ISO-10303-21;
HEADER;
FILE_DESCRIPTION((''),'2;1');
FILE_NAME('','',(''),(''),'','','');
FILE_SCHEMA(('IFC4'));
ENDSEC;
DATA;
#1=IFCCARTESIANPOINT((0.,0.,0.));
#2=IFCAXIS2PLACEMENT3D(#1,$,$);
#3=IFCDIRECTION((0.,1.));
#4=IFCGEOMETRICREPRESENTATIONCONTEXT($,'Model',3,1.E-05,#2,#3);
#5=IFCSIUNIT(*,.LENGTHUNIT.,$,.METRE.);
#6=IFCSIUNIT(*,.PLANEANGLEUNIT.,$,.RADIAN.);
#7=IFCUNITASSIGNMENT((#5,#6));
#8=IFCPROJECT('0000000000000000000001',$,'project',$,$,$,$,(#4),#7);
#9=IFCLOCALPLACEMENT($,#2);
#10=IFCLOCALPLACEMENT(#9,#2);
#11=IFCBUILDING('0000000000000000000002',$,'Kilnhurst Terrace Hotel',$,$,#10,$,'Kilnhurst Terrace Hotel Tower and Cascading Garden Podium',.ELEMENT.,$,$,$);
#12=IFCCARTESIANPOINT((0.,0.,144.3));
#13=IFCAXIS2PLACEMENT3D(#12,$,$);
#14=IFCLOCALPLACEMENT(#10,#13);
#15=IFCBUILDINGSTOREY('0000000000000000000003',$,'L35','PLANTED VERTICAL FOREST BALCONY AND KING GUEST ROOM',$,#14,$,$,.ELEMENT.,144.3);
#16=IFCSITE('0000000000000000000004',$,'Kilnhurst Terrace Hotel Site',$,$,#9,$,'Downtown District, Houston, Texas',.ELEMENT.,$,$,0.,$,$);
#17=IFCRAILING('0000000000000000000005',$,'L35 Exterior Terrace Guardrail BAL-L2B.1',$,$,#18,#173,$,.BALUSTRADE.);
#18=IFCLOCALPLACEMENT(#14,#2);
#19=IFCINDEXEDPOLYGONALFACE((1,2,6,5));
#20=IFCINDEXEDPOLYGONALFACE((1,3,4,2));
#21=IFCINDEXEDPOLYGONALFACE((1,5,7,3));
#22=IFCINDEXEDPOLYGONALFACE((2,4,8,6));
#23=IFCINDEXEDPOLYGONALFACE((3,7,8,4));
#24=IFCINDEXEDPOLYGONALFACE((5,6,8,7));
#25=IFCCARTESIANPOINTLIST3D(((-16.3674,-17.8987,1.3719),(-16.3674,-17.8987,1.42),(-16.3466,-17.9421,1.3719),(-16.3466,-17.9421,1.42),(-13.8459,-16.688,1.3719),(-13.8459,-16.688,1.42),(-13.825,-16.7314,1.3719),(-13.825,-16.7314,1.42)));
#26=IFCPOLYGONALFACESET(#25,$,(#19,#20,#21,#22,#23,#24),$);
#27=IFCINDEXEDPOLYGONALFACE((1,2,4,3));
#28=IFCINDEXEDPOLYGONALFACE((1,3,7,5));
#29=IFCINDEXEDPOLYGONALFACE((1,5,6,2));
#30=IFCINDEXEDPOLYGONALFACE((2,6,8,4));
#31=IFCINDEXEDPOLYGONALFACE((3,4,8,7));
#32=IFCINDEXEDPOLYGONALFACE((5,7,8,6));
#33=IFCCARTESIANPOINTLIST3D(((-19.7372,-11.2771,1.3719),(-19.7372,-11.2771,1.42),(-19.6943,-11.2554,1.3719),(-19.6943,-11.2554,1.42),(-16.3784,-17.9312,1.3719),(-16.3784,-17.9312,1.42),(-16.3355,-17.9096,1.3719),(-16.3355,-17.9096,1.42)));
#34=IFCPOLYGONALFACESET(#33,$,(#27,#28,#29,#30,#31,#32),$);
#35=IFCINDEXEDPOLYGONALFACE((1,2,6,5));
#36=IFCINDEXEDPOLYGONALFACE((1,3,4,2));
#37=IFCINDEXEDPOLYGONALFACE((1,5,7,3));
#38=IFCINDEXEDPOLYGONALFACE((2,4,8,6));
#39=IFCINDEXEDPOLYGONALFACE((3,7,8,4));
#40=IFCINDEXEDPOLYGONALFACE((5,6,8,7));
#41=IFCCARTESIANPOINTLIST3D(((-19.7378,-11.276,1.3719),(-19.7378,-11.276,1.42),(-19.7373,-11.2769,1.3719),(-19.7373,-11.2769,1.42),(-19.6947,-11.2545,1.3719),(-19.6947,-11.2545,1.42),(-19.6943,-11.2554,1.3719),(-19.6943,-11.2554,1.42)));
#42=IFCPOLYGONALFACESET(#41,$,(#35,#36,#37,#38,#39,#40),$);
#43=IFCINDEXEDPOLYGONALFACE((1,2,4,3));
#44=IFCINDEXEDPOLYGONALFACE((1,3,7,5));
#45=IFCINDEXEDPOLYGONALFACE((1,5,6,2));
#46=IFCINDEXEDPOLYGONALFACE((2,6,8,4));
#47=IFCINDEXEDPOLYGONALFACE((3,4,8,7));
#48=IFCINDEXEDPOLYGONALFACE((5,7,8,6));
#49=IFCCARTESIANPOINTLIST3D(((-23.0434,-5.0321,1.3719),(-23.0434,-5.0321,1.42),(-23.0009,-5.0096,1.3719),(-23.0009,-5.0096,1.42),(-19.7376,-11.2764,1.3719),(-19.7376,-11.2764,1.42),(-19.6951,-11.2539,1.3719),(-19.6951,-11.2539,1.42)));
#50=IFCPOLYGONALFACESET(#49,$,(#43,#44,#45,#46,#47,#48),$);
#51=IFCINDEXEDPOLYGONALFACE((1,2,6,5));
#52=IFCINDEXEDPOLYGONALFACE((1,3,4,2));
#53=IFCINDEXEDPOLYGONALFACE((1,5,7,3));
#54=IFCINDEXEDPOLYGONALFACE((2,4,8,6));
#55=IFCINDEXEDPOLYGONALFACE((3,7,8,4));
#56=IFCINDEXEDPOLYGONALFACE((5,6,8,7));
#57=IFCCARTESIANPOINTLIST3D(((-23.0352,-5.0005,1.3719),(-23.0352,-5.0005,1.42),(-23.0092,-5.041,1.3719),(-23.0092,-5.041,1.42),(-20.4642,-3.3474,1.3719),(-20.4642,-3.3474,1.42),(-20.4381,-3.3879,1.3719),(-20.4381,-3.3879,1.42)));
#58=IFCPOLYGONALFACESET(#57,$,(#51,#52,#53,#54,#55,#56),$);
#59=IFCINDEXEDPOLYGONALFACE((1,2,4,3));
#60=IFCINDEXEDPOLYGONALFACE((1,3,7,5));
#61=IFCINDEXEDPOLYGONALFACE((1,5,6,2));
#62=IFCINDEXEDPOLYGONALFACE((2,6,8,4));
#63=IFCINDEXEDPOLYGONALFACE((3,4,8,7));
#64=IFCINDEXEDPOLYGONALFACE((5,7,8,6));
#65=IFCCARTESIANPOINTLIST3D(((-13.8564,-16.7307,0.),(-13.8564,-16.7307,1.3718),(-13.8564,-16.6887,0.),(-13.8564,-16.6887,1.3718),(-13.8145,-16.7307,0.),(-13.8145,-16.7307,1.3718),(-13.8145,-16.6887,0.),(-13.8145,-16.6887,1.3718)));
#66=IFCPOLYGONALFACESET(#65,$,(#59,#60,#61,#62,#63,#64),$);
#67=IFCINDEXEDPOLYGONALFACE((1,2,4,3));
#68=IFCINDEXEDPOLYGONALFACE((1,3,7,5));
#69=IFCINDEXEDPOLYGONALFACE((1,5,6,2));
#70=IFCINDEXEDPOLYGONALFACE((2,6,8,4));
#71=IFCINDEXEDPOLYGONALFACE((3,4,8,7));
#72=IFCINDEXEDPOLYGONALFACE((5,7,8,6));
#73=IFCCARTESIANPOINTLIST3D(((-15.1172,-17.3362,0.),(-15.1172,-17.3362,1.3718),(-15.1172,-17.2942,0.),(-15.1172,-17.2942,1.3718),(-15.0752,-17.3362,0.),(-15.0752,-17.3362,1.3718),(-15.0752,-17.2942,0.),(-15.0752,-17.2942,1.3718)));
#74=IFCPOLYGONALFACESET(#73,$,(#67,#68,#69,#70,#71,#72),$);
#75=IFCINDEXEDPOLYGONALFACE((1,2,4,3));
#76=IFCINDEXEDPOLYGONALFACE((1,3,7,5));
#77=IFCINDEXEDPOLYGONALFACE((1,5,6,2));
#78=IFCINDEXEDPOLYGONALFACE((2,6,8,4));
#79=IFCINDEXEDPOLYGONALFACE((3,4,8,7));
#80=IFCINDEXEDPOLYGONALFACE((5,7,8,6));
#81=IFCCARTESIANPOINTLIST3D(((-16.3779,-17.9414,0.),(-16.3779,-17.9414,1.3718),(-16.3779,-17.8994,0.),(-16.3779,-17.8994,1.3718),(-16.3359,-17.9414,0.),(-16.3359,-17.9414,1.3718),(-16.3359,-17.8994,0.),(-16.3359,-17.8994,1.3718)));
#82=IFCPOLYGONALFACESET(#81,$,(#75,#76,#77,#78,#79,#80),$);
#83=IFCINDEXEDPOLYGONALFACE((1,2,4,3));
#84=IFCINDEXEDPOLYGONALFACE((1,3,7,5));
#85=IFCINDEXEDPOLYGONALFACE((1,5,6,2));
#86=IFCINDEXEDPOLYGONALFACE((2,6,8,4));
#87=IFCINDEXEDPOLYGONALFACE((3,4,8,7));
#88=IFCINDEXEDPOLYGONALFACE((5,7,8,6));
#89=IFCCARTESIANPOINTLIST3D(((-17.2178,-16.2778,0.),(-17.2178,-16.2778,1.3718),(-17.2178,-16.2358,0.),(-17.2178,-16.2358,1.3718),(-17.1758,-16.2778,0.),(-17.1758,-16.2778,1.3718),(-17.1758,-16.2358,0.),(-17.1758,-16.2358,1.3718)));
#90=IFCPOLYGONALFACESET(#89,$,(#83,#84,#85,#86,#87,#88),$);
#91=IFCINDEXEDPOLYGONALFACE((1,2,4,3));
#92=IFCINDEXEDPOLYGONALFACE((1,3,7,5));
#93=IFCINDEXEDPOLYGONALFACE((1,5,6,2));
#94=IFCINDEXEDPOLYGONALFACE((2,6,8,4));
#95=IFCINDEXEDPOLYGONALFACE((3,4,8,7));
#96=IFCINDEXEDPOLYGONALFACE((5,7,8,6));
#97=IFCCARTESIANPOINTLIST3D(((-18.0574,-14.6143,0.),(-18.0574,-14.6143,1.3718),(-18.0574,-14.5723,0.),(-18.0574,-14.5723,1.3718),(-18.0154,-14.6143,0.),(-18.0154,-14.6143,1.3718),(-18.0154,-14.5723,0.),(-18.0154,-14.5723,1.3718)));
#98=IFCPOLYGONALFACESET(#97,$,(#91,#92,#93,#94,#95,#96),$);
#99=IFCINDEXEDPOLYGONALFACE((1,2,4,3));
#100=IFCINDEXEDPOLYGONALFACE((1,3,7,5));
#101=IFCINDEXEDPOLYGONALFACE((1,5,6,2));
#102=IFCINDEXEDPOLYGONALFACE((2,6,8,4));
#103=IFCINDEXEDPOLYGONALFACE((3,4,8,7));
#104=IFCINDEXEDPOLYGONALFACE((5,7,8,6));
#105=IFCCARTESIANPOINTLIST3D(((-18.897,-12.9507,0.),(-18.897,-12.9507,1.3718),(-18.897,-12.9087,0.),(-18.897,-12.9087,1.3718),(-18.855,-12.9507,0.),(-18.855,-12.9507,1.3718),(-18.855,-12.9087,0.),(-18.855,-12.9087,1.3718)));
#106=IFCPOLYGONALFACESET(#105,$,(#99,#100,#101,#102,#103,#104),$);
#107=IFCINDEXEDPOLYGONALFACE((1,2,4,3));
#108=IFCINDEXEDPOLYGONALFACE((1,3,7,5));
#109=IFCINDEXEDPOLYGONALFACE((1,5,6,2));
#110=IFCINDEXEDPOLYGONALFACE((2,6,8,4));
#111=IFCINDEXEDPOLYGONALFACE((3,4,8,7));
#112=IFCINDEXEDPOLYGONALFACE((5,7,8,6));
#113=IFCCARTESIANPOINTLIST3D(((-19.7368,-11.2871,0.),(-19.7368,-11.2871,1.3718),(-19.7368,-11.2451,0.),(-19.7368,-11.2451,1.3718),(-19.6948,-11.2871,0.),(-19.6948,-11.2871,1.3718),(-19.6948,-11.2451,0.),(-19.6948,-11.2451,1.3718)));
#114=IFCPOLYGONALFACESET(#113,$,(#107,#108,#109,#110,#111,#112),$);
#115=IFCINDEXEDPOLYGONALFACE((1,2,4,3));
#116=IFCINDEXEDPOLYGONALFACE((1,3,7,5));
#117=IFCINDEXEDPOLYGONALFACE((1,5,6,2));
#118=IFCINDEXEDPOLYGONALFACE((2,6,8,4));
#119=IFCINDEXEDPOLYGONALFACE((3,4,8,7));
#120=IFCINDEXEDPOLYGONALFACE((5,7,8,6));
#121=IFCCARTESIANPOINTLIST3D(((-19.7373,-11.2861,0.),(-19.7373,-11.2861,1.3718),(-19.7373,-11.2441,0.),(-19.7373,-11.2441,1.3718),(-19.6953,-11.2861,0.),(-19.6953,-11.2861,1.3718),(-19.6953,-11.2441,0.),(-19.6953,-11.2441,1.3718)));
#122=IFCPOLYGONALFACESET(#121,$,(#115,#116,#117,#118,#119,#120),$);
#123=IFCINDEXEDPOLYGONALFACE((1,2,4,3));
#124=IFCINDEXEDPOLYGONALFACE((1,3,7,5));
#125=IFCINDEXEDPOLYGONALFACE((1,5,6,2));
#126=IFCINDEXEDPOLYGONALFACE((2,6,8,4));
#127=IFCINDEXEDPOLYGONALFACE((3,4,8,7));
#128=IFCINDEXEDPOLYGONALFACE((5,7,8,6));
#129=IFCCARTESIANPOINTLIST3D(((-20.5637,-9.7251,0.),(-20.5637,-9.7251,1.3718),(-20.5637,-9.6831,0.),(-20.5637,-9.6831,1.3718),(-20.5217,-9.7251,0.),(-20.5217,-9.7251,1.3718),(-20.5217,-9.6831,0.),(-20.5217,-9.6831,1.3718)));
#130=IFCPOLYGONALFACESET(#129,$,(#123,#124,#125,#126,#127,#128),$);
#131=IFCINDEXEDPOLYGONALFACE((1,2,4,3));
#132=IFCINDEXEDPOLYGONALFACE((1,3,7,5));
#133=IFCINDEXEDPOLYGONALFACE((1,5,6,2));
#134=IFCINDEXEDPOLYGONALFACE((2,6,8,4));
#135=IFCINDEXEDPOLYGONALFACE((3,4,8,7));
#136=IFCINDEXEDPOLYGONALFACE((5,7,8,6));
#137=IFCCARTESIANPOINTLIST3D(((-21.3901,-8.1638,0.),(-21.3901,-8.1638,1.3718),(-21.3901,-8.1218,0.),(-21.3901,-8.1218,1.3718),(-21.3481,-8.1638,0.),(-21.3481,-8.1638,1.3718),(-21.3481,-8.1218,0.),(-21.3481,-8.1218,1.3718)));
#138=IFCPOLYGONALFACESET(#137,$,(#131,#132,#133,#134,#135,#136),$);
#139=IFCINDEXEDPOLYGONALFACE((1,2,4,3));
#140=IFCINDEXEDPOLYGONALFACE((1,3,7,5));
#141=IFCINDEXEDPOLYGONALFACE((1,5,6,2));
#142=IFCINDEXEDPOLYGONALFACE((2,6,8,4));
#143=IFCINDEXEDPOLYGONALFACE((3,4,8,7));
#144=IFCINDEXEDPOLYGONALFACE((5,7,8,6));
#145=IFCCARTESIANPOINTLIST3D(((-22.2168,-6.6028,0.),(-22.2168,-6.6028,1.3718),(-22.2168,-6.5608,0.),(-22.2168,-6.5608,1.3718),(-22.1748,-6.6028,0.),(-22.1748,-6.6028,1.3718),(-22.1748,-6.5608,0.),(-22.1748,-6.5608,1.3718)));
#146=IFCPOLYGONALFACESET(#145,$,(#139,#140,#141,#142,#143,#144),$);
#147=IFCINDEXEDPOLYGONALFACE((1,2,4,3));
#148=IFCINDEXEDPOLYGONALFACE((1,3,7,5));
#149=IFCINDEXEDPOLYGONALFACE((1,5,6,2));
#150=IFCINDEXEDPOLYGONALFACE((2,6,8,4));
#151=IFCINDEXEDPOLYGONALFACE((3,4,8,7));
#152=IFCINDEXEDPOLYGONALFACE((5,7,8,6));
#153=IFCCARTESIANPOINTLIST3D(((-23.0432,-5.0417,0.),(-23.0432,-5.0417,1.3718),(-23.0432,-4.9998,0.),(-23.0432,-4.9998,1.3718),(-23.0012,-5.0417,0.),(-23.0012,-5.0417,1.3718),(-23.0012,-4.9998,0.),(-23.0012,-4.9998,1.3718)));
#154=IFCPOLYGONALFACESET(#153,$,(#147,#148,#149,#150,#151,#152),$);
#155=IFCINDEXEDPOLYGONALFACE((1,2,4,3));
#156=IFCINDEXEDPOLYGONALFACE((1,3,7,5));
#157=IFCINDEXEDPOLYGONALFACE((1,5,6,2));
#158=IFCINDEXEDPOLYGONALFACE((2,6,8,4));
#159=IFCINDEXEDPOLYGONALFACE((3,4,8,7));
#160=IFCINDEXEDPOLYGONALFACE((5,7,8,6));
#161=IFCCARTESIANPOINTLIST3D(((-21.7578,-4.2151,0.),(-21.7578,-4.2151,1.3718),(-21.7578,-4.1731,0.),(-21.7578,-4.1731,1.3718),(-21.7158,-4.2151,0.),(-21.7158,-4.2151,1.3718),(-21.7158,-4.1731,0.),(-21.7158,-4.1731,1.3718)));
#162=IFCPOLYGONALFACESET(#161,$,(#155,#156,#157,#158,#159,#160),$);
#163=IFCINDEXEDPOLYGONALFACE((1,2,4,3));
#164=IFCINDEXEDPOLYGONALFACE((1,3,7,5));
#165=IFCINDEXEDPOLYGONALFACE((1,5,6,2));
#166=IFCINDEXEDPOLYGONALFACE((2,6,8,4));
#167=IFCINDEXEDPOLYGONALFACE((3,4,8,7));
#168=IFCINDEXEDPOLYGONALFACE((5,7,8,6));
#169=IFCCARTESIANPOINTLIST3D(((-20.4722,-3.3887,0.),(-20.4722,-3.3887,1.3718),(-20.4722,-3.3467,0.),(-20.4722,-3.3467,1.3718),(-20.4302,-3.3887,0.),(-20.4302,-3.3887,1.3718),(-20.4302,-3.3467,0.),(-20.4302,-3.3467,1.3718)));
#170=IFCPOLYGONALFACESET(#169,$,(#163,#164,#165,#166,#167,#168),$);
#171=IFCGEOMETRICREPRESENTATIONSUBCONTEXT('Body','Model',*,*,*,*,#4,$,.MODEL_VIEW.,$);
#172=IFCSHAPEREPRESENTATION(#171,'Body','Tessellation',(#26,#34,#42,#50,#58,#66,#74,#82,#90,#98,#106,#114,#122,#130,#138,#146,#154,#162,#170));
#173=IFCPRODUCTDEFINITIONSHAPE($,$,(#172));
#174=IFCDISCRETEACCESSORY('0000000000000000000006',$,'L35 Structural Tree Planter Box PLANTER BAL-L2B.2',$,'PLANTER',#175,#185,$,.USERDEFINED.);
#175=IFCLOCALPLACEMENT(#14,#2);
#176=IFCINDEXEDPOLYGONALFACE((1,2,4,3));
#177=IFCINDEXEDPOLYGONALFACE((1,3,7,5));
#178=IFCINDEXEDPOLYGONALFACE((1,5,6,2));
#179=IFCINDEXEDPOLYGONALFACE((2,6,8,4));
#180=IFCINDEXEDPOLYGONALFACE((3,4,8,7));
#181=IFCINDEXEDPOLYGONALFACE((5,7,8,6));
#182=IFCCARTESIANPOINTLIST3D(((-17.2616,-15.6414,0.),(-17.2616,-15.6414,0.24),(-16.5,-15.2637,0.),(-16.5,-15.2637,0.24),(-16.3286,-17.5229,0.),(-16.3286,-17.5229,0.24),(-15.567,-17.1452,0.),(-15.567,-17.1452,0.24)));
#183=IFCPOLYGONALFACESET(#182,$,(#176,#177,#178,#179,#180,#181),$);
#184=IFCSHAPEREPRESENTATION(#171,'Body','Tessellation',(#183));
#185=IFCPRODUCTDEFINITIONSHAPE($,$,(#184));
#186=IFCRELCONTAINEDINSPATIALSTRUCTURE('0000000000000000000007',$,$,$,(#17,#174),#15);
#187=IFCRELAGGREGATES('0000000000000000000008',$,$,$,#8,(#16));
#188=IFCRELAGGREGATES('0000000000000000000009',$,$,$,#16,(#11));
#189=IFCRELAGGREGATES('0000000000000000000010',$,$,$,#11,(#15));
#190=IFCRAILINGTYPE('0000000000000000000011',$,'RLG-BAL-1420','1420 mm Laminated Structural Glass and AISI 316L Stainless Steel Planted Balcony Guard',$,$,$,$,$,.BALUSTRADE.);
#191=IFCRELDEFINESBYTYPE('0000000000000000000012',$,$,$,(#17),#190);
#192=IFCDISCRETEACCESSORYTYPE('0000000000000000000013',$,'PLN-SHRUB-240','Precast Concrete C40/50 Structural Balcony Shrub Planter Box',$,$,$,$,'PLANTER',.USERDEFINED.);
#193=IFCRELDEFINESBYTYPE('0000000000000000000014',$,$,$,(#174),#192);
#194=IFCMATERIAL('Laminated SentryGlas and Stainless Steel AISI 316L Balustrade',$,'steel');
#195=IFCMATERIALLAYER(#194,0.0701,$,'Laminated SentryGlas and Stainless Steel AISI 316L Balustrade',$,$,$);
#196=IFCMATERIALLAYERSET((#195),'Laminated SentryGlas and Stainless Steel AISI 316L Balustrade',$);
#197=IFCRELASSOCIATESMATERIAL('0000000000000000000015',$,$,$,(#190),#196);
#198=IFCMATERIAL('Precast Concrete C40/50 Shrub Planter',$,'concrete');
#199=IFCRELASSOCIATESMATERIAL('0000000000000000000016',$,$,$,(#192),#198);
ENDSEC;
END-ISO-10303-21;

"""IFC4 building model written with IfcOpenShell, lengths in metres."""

from ifc_helpers import new_model, si_unit, direction, frame, origin, origin_2d, place, context, subcontext, project, spatial, rectangle, extrude, material, layer, layer_set, type_object, element, save


model = new_model("IFC4")

# Units and contexts
model_context = context("Model", 3, precision=1e-05, world=origin(), true_north=direction((0.0, 1.0)))
body_context = subcontext(model_context, "Body", "Model", "MODEL_VIEW")
ifc_project = project(units=[si_unit("LENGTHUNIT", "METRE"), si_unit("PLANEANGLEUNIT", "RADIAN")], contexts=[model_context])

# Site, building, storey
site_placement = place(None, origin())
site = spatial("IfcSite", under=ifc_project, at=site_placement, Name="Kilnhurst Terrace Hotel Site", LongName="Downtown District, Houston, Texas", CompositionType="ELEMENT", RefElevation=0.0)
building_placement = place(site_placement, origin())
building = spatial("IfcBuilding", under=site, at=building_placement, Name="Kilnhurst Terrace Hotel", LongName="Kilnhurst Terrace Hotel Tower and Cascading Garden Podium", CompositionType="ELEMENT")
storey_placement = place(building_placement, frame((0.0, 0.0, 144.3)))
storey = spatial("IfcBuildingStorey", under=building, at=storey_placement, Name="L35", Description="PLANTED VERTICAL FOREST BALCONY AND KING GUEST ROOM", CompositionType="ELEMENT", Elevation=144.3)

# Railing
ifc_material_1 = material(Name="Laminated SentryGlas and Stainless Steel AISI 316L Balustrade", Category="steel")
ifc_layer_1 = layer(ifc_material_1, 0.0701, Name="Laminated SentryGlas and Stainless Steel AISI 316L Balustrade")
ifc_layer_set_1 = layer_set([ifc_layer_1], Name="Laminated SentryGlas and Stainless Steel AISI 316L Balustrade")
railing_type = type_object("IfcRailingType", Name="RLG-BAL-1420", Description="1420 mm Laminated Structural Glass and AISI 316L Stainless Steel Planted Balcony Guard", PredefinedType="BALUSTRADE", material=ifc_layer_set_1)
railing_placement = place(storey_placement, frame((-13.8354, -16.7097, 0.0)))
element("IfcRailing", 1, at=railing_placement, inside=storey, type_object=railing_type, Name="L35 Exterior Terrace Guardrail BAL-L2B.1", PredefinedType="BALUSTRADE", context=body_context, shape_type="SweptSolid", body=[
    extrude(rectangle(XDim=0.0481, YDim=0.0481, at=origin_2d()), frame((0.0, 0.0, 1.396), z_axis=(-0.90147, -0.432842, 0.0), x_axis=(0.432842, -0.90147, 0.0)), (0.0, 0.0, 1.0), 2.7971),
    extrude(rectangle(XDim=0.0481, YDim=0.0481, at=origin_2d()), frame((-2.5215, -1.2107, 1.396), z_axis=(-0.450617, 0.892718, 0.0), x_axis=(-0.892718, -0.450617, 0.0)), (0.0, 0.0, 1.0), 7.4539),
    extrude(rectangle(XDim=0.0481, YDim=0.0481, at=origin_2d()), frame((-5.8804, 5.4436, 1.396), z_axis=(-0.447214, 0.894427, 0.0), x_axis=(-0.894427, -0.447214, 0.0)), (0.0, 0.0, 1.0), 0.001),
    extrude(rectangle(XDim=0.0481, YDim=0.0481, at=origin_2d()), frame((-5.8809, 5.4446, 1.396), z_axis=(-0.467894, 0.883785, 0.0), x_axis=(-0.883785, -0.467894, 0.0)), (0.0, 0.0, 1.0), 7.0654),
    extrude(rectangle(XDim=0.0481, YDim=0.0481, at=origin_2d()), frame((-9.1868, 11.689, 1.396), z_axis=(0.84114, 0.540818, 0.0), x_axis=(-0.540818, 0.84114, 0.0)), (0.0, 0.0, 1.0), 3.0566),
    extrude(rectangle(XDim=0.042, YDim=0.042, at=origin_2d()), origin(), (0.0, 0.0, 1.0), 1.3718),
    extrude(rectangle(XDim=0.042, YDim=0.042, at=origin_2d()), frame((-1.2607, -0.6055, 0.0)), (0.0, 0.0, 1.0), 1.3718),
    extrude(rectangle(XDim=0.042, YDim=0.042, at=origin_2d()), frame((-2.5215, -1.2107, 0.0)), (0.0, 0.0, 1.0), 1.3718),
    extrude(rectangle(XDim=0.042, YDim=0.042, at=origin_2d()), frame((-3.3613, 0.4529, 0.0)), (0.0, 0.0, 1.0), 1.3718),
    extrude(rectangle(XDim=0.042, YDim=0.042, at=origin_2d()), frame((-4.2009, 2.1165, 0.0)), (0.0, 0.0, 1.0), 1.3718),
    extrude(rectangle(XDim=0.042, YDim=0.042, at=origin_2d()), frame((-5.0405, 3.78, 0.0)), (0.0, 0.0, 1.0), 1.3718),
    extrude(rectangle(XDim=0.042, YDim=0.042, at=origin_2d()), frame((-5.8804, 5.4436, 0.0)), (0.0, 0.0, 1.0), 1.3718),
    extrude(rectangle(XDim=0.042, YDim=0.042, at=origin_2d()), frame((-5.8809, 5.4446, 0.0)), (0.0, 0.0, 1.0), 1.3718),
    extrude(rectangle(XDim=0.042, YDim=0.042, at=origin_2d()), frame((-6.7073, 7.0056, 0.0)), (0.0, 0.0, 1.0), 1.3718),
    extrude(rectangle(XDim=0.042, YDim=0.042, at=origin_2d()), frame((-7.5337, 8.5669, 0.0)), (0.0, 0.0, 1.0), 1.3718),
    extrude(rectangle(XDim=0.042, YDim=0.042, at=origin_2d()), frame((-8.3604, 10.1279, 0.0)), (0.0, 0.0, 1.0), 1.3718),
    extrude(rectangle(XDim=0.042, YDim=0.042, at=origin_2d()), frame((-9.1868, 11.689, 0.0)), (0.0, 0.0, 1.0), 1.3718),
    extrude(rectangle(XDim=0.042, YDim=0.042, at=origin_2d()), frame((-7.9014, 12.5156, 0.0)), (0.0, 0.0, 1.0), 1.3718),
    extrude(rectangle(XDim=0.042, YDim=0.042, at=origin_2d()), frame((-6.6157, 13.342, 0.0)), (0.0, 0.0, 1.0), 1.3718),
])

# Discrete accessory
ifc_material_2 = material(Name="Precast Concrete C40/50 Shrub Planter", Category="concrete")
discrete_accessory_type = type_object("IfcDiscreteAccessoryType", Name="PLN-SHRUB-240", Description="Precast Concrete C40/50 Structural Balcony Shrub Planter Box", ElementType="PLANTER", PredefinedType="USERDEFINED", material=ifc_material_2)
discrete_accessory_placement = place(storey_placement, frame((-16.4143, -16.3933, 0.0), z_axis=(0.0, 0.0, 1.0), x_axis=(0.444244, -0.895906, 0.0)))
element("IfcDiscreteAccessory", 2, at=discrete_accessory_placement, inside=storey, type_object=discrete_accessory_type, Name="L35 Structural Tree Planter Box PLANTER BAL-L2B.2", ObjectType="PLANTER", PredefinedType="USERDEFINED", context=body_context, shape_type="SweptSolid", body=[
    extrude(rectangle(XDim=2.1001, YDim=0.8501, at=origin_2d()), origin(), (0.0, 0.0, 1.0), 0.24),
])

save(model, "model.ifc")
